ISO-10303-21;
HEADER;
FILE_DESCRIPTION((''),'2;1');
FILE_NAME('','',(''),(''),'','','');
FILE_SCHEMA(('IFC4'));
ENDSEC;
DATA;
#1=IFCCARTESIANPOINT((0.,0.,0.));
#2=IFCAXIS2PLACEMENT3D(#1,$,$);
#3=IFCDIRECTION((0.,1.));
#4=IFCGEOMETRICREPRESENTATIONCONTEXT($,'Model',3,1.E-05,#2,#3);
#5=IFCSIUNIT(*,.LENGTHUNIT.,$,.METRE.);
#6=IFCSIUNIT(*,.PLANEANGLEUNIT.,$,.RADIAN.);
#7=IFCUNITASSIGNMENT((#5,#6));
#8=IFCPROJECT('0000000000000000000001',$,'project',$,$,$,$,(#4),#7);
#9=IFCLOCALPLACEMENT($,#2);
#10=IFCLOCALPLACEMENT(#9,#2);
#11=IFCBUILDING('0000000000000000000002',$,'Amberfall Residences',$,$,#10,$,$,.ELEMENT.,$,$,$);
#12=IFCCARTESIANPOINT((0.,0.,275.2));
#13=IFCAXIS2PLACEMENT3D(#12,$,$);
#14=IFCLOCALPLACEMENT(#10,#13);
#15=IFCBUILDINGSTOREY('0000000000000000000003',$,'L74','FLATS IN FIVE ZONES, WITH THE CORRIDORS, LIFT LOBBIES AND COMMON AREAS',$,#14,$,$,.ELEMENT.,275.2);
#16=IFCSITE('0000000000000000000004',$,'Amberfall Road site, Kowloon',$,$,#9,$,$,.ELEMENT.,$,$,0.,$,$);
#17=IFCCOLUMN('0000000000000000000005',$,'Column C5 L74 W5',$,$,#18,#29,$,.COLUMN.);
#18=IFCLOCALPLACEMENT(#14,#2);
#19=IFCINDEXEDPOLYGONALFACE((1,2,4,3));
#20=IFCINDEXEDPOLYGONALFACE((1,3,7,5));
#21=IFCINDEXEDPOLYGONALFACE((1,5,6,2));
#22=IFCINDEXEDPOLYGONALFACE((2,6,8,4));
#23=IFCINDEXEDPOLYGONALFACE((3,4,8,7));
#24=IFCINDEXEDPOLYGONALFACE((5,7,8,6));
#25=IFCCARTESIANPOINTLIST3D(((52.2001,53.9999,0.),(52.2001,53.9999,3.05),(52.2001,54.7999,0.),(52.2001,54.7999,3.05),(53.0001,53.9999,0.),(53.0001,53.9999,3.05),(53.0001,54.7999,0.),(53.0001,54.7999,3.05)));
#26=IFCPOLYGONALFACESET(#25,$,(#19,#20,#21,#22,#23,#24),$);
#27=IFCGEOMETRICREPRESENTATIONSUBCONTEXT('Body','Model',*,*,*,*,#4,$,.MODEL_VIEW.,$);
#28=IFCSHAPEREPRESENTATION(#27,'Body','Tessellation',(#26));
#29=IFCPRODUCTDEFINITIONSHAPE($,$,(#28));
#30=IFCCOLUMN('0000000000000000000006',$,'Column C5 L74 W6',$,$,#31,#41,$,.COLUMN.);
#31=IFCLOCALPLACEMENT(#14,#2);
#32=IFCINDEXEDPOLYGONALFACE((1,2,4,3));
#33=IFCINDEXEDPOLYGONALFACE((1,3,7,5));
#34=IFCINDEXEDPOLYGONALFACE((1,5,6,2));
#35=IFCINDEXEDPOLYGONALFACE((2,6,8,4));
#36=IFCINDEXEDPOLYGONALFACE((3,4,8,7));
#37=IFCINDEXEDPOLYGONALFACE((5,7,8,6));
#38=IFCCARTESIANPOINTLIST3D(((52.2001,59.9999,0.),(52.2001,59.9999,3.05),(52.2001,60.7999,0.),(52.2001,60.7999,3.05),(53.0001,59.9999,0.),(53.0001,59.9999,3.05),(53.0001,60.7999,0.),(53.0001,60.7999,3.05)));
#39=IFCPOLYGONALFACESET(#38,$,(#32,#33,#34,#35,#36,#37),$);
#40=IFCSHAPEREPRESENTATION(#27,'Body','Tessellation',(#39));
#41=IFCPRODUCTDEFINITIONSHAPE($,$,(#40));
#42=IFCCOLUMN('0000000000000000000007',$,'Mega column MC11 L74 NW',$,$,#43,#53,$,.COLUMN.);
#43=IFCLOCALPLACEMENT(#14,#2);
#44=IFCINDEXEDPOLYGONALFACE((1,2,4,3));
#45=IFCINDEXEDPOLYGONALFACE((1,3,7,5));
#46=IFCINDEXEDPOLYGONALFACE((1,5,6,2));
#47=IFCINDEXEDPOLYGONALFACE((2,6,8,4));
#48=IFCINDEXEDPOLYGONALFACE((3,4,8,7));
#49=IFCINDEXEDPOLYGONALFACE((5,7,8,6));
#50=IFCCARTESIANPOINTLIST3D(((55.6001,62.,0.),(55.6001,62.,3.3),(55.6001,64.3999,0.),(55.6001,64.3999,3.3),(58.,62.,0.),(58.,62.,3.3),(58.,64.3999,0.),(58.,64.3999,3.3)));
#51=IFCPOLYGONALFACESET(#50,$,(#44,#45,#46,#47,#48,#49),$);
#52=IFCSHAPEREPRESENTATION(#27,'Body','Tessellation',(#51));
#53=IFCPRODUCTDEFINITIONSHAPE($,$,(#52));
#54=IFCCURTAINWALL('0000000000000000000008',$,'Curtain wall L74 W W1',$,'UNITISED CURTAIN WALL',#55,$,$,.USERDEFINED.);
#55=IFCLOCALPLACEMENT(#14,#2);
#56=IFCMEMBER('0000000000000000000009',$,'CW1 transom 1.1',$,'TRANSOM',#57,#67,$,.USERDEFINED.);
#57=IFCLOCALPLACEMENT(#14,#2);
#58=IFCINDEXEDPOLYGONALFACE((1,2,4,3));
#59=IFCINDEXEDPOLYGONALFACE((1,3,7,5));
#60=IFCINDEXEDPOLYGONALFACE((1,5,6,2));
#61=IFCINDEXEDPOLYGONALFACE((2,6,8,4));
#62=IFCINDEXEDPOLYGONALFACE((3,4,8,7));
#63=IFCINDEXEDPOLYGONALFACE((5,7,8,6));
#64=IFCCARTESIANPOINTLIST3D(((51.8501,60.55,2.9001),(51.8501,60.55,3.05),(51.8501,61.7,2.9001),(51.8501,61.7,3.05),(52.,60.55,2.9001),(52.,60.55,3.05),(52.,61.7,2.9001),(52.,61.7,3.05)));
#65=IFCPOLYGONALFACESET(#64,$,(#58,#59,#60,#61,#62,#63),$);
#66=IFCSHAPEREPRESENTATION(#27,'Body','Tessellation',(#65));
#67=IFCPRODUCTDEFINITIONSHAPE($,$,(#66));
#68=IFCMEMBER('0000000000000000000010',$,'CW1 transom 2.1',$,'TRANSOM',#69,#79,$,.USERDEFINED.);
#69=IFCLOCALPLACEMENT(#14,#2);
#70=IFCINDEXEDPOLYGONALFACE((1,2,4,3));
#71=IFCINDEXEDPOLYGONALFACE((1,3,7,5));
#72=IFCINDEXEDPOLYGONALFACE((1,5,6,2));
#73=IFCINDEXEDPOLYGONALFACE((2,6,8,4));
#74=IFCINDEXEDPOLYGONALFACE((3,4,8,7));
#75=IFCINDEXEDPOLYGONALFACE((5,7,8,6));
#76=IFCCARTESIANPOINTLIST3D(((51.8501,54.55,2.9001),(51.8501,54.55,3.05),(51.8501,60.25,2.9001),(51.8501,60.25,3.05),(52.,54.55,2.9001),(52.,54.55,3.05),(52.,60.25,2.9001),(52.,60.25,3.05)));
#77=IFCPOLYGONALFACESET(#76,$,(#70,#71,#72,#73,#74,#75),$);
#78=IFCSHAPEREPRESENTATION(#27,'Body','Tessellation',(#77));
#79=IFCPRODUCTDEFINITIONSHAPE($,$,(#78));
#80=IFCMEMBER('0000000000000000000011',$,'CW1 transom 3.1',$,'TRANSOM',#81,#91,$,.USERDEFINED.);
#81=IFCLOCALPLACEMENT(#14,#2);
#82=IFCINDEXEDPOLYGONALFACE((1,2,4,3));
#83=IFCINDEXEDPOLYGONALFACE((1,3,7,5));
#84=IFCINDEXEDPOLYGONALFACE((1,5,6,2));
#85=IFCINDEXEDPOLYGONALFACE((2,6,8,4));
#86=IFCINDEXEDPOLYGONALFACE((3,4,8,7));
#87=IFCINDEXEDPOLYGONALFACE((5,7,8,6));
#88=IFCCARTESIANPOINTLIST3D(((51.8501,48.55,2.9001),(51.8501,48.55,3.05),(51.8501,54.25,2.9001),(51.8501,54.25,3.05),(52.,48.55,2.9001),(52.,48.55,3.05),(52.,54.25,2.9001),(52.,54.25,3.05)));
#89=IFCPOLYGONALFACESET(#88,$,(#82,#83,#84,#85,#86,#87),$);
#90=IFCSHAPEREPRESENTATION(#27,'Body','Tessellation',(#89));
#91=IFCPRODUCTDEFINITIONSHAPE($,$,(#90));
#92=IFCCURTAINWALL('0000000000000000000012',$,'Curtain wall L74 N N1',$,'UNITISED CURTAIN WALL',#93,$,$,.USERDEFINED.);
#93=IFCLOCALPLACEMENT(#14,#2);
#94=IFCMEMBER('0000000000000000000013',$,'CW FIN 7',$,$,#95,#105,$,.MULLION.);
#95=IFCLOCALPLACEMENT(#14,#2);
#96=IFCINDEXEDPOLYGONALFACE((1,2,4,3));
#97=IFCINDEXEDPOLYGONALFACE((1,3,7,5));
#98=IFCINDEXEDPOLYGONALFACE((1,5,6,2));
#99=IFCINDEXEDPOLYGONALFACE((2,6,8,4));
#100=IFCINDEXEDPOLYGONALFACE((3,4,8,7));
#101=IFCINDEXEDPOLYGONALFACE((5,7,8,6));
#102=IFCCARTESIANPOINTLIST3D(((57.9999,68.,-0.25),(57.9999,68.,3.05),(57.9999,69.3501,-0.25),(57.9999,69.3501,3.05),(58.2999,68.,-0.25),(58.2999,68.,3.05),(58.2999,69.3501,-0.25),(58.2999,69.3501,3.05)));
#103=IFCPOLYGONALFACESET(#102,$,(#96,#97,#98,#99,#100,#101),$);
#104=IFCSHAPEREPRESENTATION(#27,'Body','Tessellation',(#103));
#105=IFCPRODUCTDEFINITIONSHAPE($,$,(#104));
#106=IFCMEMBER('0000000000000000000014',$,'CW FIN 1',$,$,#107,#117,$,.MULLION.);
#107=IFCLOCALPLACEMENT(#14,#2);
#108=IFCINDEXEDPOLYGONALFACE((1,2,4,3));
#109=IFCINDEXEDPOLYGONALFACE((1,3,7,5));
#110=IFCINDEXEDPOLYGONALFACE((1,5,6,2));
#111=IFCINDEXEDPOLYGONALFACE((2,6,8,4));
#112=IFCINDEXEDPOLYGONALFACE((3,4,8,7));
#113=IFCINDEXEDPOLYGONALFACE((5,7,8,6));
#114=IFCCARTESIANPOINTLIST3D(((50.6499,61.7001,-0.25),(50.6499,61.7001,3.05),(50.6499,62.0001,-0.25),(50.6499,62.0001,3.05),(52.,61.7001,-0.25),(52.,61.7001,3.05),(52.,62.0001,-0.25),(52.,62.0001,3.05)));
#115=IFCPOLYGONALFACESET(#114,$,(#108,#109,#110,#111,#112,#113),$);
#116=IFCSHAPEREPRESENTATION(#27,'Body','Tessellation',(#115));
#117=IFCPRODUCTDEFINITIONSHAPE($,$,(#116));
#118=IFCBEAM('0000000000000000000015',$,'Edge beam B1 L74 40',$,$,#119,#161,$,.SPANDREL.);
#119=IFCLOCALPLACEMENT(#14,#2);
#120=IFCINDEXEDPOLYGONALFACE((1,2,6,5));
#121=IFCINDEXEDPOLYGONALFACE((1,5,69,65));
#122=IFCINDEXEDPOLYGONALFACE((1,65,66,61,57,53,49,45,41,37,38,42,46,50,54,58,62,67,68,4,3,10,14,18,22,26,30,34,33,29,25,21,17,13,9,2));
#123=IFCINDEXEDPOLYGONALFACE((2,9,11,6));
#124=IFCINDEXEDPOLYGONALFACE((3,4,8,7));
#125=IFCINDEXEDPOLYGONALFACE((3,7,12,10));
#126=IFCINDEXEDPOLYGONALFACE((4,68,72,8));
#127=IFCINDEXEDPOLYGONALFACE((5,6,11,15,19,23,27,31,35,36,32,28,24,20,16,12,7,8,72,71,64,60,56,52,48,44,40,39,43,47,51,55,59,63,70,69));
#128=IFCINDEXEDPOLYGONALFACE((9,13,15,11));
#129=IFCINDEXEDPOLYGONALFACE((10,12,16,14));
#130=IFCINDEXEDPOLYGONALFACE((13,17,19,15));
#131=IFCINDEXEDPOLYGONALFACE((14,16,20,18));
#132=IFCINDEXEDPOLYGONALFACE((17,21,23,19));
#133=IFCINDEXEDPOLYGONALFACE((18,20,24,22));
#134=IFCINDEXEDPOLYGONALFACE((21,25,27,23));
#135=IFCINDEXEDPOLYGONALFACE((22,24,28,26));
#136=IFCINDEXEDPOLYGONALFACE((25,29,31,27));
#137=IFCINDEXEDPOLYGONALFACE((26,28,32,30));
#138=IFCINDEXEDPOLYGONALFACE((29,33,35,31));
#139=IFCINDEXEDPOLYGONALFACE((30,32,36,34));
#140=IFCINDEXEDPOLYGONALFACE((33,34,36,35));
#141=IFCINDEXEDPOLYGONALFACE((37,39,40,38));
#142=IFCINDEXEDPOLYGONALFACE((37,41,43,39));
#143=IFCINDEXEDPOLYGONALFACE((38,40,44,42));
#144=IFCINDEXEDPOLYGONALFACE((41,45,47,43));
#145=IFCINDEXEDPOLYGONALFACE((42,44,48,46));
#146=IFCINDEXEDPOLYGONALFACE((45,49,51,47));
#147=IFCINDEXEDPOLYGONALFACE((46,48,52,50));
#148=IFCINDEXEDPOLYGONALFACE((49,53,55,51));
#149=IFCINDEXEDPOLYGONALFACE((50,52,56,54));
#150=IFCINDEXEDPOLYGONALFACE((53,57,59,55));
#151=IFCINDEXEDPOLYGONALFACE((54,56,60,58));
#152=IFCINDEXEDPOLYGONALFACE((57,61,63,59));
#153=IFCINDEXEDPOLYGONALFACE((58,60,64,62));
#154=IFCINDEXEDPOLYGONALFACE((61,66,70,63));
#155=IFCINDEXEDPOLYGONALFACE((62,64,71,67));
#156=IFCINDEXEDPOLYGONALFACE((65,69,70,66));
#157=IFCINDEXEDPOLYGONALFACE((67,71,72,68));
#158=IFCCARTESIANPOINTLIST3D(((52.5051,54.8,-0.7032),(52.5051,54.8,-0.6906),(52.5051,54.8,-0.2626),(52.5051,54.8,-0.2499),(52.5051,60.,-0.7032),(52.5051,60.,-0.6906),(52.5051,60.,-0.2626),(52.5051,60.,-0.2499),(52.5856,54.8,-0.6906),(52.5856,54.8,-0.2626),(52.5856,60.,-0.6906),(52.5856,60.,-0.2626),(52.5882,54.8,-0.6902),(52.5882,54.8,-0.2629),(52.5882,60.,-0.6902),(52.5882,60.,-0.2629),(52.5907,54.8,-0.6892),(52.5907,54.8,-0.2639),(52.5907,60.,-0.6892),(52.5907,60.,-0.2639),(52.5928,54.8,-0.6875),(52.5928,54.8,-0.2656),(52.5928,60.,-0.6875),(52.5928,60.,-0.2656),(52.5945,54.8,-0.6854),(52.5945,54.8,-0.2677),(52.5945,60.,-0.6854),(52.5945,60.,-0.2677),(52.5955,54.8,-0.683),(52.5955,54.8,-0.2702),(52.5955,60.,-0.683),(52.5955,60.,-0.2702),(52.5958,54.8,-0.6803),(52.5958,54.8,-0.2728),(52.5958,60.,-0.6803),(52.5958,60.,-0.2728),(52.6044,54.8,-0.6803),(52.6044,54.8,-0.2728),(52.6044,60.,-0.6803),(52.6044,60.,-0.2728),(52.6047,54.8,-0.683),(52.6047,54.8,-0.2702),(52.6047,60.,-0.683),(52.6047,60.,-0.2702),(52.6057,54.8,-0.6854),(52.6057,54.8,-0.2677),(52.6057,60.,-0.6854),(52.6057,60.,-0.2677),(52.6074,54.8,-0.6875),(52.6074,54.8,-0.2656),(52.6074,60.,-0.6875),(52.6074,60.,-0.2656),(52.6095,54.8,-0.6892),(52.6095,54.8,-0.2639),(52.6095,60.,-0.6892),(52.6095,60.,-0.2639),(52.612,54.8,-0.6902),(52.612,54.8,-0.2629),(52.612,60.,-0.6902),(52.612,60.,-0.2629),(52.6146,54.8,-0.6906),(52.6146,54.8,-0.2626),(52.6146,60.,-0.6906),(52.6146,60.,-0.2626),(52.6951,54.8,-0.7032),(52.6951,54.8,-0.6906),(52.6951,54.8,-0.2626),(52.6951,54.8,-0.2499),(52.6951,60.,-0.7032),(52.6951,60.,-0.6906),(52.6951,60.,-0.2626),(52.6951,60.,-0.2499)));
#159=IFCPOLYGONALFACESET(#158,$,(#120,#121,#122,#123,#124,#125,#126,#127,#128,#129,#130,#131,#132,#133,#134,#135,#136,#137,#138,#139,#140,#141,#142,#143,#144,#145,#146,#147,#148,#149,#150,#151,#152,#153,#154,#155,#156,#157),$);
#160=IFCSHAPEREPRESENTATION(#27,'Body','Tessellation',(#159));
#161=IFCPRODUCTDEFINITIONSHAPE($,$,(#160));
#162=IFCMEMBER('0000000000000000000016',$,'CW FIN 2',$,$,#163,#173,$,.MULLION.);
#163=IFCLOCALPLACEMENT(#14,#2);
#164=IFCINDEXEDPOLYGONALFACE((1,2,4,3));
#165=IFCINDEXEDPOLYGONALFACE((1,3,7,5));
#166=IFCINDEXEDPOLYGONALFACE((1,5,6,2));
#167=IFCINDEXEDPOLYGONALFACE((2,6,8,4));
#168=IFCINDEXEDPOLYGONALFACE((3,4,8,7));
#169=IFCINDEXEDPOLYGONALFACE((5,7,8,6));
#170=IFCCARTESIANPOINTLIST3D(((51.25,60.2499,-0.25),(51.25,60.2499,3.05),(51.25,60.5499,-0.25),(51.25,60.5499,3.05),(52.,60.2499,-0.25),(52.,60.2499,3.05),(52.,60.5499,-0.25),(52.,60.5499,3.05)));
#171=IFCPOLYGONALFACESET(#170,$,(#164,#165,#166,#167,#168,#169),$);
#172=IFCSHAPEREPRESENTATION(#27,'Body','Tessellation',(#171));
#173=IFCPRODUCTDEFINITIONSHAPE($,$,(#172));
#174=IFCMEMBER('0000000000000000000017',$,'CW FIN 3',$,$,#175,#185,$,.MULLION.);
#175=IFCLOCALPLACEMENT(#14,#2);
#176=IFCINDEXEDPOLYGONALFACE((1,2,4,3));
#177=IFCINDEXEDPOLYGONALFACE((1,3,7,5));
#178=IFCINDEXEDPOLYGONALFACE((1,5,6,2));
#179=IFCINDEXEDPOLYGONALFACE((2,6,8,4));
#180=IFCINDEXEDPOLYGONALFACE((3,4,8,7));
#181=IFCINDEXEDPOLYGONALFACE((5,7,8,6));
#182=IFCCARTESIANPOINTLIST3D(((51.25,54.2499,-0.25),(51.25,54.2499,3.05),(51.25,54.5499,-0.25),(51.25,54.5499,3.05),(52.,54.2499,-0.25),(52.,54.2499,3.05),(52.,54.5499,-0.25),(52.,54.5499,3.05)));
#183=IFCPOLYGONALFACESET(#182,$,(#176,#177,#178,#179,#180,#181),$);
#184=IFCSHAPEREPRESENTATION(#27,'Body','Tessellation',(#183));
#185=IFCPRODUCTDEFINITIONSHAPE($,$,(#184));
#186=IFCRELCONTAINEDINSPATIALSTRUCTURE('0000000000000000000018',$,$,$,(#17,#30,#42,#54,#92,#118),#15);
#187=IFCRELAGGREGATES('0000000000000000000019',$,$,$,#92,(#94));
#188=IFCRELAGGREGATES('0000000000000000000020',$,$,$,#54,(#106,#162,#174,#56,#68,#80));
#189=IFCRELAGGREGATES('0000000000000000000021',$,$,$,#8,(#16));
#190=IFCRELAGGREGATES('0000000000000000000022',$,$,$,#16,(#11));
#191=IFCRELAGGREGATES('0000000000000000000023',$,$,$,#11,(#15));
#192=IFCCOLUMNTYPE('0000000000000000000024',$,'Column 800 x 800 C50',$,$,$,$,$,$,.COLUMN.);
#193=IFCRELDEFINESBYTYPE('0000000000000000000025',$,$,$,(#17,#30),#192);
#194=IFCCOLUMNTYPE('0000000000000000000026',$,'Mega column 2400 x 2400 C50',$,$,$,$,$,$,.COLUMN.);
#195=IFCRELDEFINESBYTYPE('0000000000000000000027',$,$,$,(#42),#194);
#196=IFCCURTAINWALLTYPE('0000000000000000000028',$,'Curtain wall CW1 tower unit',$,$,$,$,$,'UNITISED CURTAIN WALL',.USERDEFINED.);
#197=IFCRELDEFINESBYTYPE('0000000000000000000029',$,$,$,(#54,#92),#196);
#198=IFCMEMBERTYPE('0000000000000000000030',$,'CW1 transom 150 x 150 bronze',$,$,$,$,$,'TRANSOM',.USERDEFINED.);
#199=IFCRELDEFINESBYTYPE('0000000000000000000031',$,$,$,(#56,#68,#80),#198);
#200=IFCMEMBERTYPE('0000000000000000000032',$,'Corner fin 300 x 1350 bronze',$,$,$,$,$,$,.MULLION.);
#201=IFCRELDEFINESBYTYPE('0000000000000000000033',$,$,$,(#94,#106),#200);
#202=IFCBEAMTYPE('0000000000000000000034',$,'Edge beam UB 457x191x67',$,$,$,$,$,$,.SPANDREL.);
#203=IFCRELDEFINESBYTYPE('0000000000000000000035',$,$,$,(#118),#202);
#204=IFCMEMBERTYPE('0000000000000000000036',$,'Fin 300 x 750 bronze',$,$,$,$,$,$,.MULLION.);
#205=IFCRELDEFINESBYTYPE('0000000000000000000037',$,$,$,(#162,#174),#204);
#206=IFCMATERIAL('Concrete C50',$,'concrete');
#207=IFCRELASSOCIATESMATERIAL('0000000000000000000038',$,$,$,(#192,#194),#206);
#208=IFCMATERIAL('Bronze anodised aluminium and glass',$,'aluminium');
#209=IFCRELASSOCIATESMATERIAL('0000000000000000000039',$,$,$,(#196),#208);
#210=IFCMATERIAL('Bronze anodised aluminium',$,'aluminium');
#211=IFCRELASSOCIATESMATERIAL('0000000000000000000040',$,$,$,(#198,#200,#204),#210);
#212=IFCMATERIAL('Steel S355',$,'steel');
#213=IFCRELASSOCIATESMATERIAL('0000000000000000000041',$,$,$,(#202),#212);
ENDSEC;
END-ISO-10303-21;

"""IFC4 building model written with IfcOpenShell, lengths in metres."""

from ifc_helpers import new_model, si_unit, direction, frame, origin, origin_2d, place, context, subcontext, project, spatial, rectangle, i_section, extrude, material, material_profile, profile_set, type_object, element, aggregate, save


model = new_model("IFC4")

# Units and contexts
model_context = context("Model", 3, precision=1e-05, world=origin(), true_north=direction((0.0, 1.0)))
body_context = subcontext(model_context, "Body", "Model", "MODEL_VIEW")
ifc_project = project(units=[si_unit("LENGTHUNIT", "METRE"), si_unit("PLANEANGLEUNIT", "RADIAN")], contexts=[model_context])

# Site, building, storey
site_placement = place(None, origin())
site = spatial("IfcSite", under=ifc_project, at=site_placement, Name="Amberfall Road site, Kowloon", CompositionType="ELEMENT", RefElevation=0.0)
building_placement = place(site_placement, origin())
building = spatial("IfcBuilding", under=site, at=building_placement, Name="Amberfall Residences", CompositionType="ELEMENT")
storey_placement = place(building_placement, frame((0.0, 0.0, 275.2)))
storey = spatial("IfcBuildingStorey", under=building, at=storey_placement, Name="L74", Description="FLATS IN FIVE ZONES, WITH THE CORRIDORS, LIFT LOBBIES AND COMMON AREAS", CompositionType="ELEMENT", Elevation=275.2)

# Columns
ifc_material_1 = material(Name="Concrete C50", Category="concrete")
ifc_material_profile_1 = material_profile(ifc_material_1, rectangle(XDim=0.8, YDim=0.8, at=origin_2d()), Name="Column 800 x 800 C50")
ifc_profile_set_1 = profile_set([ifc_material_profile_1], Name="Concrete C50")
column_type_1 = type_object("IfcColumnType", Name="Column 800 x 800 C50", PredefinedType="COLUMN", material=ifc_profile_set_1)
for number, where, z_axis, x_axis, name in (
    (1, (52.6001, 54.3999, 0.0), (0.0, 0.0, 1.0), (1.0, 0.0, 0.0), "Column C5 L74 W5"),
    (2, (52.6001, 60.3999, 0.0), (0.0, 0.0, 1.0), (1.0, 0.0, 0.0), "Column C5 L74 W6"),
):
    element("IfcColumn", number, at=place(storey_placement, frame(where, z_axis=z_axis, x_axis=x_axis)), inside=storey, type_object=column_type_1, Name=name, PredefinedType="COLUMN", context=body_context, shape_type="SweptSolid", body=[
        extrude(rectangle(XDim=0.8, YDim=0.8, at=origin_2d()), origin(), (0.0, 0.0, 1.0), 3.05),
    ])
ifc_material_profile_2 = material_profile(ifc_material_1, rectangle(XDim=2.3999, YDim=2.3999, at=origin_2d()), Name="Mega column 2400 x 2400 C50")
ifc_profile_set_2 = profile_set([ifc_material_profile_2], Name="Concrete C50")
column_type_2 = type_object("IfcColumnType", Name="Mega column 2400 x 2400 C50", PredefinedType="COLUMN", material=ifc_profile_set_2)
column_placement = place(storey_placement, frame((56.8, 63.2, 0.0), z_axis=(0.0, 0.0, 1.0), x_axis=(1.0, 0.0, 0.0)))
element("IfcColumn", 3, at=column_placement, inside=storey, type_object=column_type_2, Name="Mega column MC11 L74 NW", PredefinedType="COLUMN", context=body_context, shape_type="SweptSolid", body=[
    extrude(rectangle(XDim=2.3999, YDim=2.3999, at=origin_2d()), origin(), (0.0, 0.0, 1.0), 3.3),
])

# Curtain wall, members
ifc_material_2 = material(Name="Bronze anodised aluminium and glass", Category="aluminium")
curtain_wall_type = type_object("IfcCurtainWallType", Name="Curtain wall CW1 tower unit", ElementType="UNITISED CURTAIN WALL", PredefinedType="USERDEFINED", material=ifc_material_2)
curtain_wall_1_placement = place(storey_placement, origin())
curtain_wall_1 = element("IfcCurtainWall", 4, at=curtain_wall_1_placement, inside=storey, type_object=curtain_wall_type, Name="Curtain wall L74 W W1", ObjectType="UNITISED CURTAIN WALL", PredefinedType="USERDEFINED")
ifc_material_3 = material(Name="Bronze anodised aluminium", Category="aluminium")
ifc_material_profile_3 = material_profile(ifc_material_3, rectangle(XDim=0.1499, YDim=0.1499, at=origin_2d()), Name="CW1 transom 150 x 150 bronze")
ifc_profile_set_3 = profile_set([ifc_material_profile_3], Name="Bronze anodised aluminium")
member_type_1 = type_object("IfcMemberType", Name="CW1 transom 150 x 150 bronze", ElementType="TRANSOM", PredefinedType="USERDEFINED", material=ifc_profile_set_3)
member_1_placement = place(storey_placement, frame((51.925, 61.7, 2.9751), z_axis=(0.0, -1.0, 0.0), x_axis=(1.0, 0.0, 0.0)))
member_1 = element("IfcMember", 5, at=member_1_placement, type_object=member_type_1, Name="CW1 transom 1.1", ObjectType="TRANSOM", PredefinedType="USERDEFINED", context=body_context, shape_type="SweptSolid", body=[
    extrude(rectangle(XDim=0.1499, YDim=0.1499, at=origin_2d()), origin(), (0.0, 0.0, 1.0), 1.1499),
])
member_2_placement = place(storey_placement, frame((51.925, 60.25, 2.9751), z_axis=(0.0, -1.0, 0.0), x_axis=(1.0, 0.0, 0.0)))
member_2 = element("IfcMember", 6, at=member_2_placement, type_object=member_type_1, Name="CW1 transom 2.1", ObjectType="TRANSOM", PredefinedType="USERDEFINED", context=body_context, shape_type="SweptSolid", body=[
    extrude(rectangle(XDim=0.1499, YDim=0.1499, at=origin_2d()), origin(), (0.0, 0.0, 1.0), 5.7),
])
member_3_placement = place(storey_placement, frame((51.925, 54.25, 2.9751), z_axis=(0.0, -1.0, 0.0), x_axis=(1.0, 0.0, 0.0)))
member_3 = element("IfcMember", 7, at=member_3_placement, type_object=member_type_1, Name="CW1 transom 3.1", ObjectType="TRANSOM", PredefinedType="USERDEFINED", context=body_context, shape_type="SweptSolid", body=[
    extrude(rectangle(XDim=0.1499, YDim=0.1499, at=origin_2d()), origin(), (0.0, 0.0, 1.0), 5.7),
])

# Curtain wall, member
curtain_wall_2_placement = place(storey_placement, origin())
curtain_wall_2 = element("IfcCurtainWall", 8, at=curtain_wall_2_placement, inside=storey, type_object=curtain_wall_type, Name="Curtain wall L74 N N1", ObjectType="UNITISED CURTAIN WALL", PredefinedType="USERDEFINED")
ifc_material_profile_4 = material_profile(ifc_material_3, rectangle(XDim=1.3501, YDim=0.3, at=origin_2d()), Name="Corner fin 300 x 1350 bronze")
ifc_profile_set_4 = profile_set([ifc_material_profile_4], Name="Bronze anodised aluminium")
member_type_2 = type_object("IfcMemberType", Name="Corner fin 300 x 1350 bronze", PredefinedType="MULLION", material=ifc_profile_set_4)
member_4_placement = place(storey_placement, frame((58.1499, 68.675, -0.25), z_axis=(0.0, 0.0, 1.0), x_axis=(0.0, -1.0, 0.0)))
member_4 = element("IfcMember", 9, at=member_4_placement, type_object=member_type_2, Name="CW FIN 7", PredefinedType="MULLION", context=body_context, shape_type="SweptSolid", body=[
    extrude(rectangle(XDim=1.3501, YDim=0.3, at=origin_2d()), origin(), (0.0, 0.0, 1.0), 3.3),
])
aggregate(curtain_wall_2, [member_4])

# Member
member_5_placement = place(storey_placement, frame((51.325, 61.8501, -0.25), z_axis=(0.0, 0.0, 1.0), x_axis=(1.0, 0.0, 0.0)))
member_5 = element("IfcMember", 10, at=member_5_placement, type_object=member_type_2, Name="CW FIN 1", PredefinedType="MULLION", context=body_context, shape_type="SweptSolid", body=[
    extrude(rectangle(XDim=1.3501, YDim=0.3, at=origin_2d()), origin(), (0.0, 0.0, 1.0), 3.3),
])

# Beam
ifc_material_4 = material(Name="Steel S355", Category="steel")
ifc_material_profile_5 = material_profile(ifc_material_4, i_section(OverallWidth=0.1899, OverallDepth=0.4534, WebThickness=0.0085, FlangeThickness=0.0127, FilletRadius=0.0103, at=origin_2d()), Name="UB 457x191x67")
ifc_profile_set_5 = profile_set([ifc_material_profile_5], Name="Steel S355")
beam_type_1 = type_object("IfcBeamType", Name="Edge beam UB 457x191x67", PredefinedType="SPANDREL", material=ifc_profile_set_5)
beam_1_placement = place(storey_placement, frame((52.6001, 54.8, -0.4766), z_axis=(0.0, 1.0, 0.0), x_axis=(-1.0, 0.0, 0.0)))
element("IfcBeam", 11, at=beam_1_placement, inside=storey, type_object=beam_type_1, Name="Edge beam B1 L74 40", PredefinedType="SPANDREL", context=body_context, shape_type="SweptSolid", body=[
    extrude(i_section(OverallWidth=0.1899, OverallDepth=0.4534, WebThickness=0.0085, FlangeThickness=0.0127, FilletRadius=0.0103, at=origin_2d()), origin(), (0.0, 0.0, 1.0), 5.2),
])

# Members
ifc_material_profile_6 = material_profile(ifc_material_3, rectangle(XDim=0.75, YDim=0.3, at=origin_2d()), Name="Fin 300 x 750 bronze")
ifc_profile_set_6 = profile_set([ifc_material_profile_6], Name="Bronze anodised aluminium")
member_type_3 = type_object("IfcMemberType", Name="Fin 300 x 750 bronze", PredefinedType="MULLION", material=ifc_profile_set_6)
member_6_placement = place(storey_placement, frame((51.625, 60.3999, -0.25), z_axis=(0.0, 0.0, 1.0), x_axis=(1.0, 0.0, 0.0)))
member_6 = element("IfcMember", 12, at=member_6_placement, type_object=member_type_3, Name="CW FIN 2", PredefinedType="MULLION", context=body_context, shape_type="SweptSolid", body=[
    extrude(rectangle(XDim=0.75, YDim=0.3, at=origin_2d()), origin(), (0.0, 0.0, 1.0), 3.3),
])
member_7_placement = place(storey_placement, frame((51.625, 54.3999, -0.25), z_axis=(0.0, 0.0, 1.0), x_axis=(1.0, 0.0, 0.0)))
member_7 = element("IfcMember", 13, at=member_7_placement, type_object=member_type_3, Name="CW FIN 3", PredefinedType="MULLION", context=body_context, shape_type="SweptSolid", body=[
    extrude(rectangle(XDim=0.75, YDim=0.3, at=origin_2d()), origin(), (0.0, 0.0, 1.0), 3.3),
])

aggregate(curtain_wall_1, [member_5, member_6, member_7, member_1, member_2, member_3])

save(model, "model.ifc")
